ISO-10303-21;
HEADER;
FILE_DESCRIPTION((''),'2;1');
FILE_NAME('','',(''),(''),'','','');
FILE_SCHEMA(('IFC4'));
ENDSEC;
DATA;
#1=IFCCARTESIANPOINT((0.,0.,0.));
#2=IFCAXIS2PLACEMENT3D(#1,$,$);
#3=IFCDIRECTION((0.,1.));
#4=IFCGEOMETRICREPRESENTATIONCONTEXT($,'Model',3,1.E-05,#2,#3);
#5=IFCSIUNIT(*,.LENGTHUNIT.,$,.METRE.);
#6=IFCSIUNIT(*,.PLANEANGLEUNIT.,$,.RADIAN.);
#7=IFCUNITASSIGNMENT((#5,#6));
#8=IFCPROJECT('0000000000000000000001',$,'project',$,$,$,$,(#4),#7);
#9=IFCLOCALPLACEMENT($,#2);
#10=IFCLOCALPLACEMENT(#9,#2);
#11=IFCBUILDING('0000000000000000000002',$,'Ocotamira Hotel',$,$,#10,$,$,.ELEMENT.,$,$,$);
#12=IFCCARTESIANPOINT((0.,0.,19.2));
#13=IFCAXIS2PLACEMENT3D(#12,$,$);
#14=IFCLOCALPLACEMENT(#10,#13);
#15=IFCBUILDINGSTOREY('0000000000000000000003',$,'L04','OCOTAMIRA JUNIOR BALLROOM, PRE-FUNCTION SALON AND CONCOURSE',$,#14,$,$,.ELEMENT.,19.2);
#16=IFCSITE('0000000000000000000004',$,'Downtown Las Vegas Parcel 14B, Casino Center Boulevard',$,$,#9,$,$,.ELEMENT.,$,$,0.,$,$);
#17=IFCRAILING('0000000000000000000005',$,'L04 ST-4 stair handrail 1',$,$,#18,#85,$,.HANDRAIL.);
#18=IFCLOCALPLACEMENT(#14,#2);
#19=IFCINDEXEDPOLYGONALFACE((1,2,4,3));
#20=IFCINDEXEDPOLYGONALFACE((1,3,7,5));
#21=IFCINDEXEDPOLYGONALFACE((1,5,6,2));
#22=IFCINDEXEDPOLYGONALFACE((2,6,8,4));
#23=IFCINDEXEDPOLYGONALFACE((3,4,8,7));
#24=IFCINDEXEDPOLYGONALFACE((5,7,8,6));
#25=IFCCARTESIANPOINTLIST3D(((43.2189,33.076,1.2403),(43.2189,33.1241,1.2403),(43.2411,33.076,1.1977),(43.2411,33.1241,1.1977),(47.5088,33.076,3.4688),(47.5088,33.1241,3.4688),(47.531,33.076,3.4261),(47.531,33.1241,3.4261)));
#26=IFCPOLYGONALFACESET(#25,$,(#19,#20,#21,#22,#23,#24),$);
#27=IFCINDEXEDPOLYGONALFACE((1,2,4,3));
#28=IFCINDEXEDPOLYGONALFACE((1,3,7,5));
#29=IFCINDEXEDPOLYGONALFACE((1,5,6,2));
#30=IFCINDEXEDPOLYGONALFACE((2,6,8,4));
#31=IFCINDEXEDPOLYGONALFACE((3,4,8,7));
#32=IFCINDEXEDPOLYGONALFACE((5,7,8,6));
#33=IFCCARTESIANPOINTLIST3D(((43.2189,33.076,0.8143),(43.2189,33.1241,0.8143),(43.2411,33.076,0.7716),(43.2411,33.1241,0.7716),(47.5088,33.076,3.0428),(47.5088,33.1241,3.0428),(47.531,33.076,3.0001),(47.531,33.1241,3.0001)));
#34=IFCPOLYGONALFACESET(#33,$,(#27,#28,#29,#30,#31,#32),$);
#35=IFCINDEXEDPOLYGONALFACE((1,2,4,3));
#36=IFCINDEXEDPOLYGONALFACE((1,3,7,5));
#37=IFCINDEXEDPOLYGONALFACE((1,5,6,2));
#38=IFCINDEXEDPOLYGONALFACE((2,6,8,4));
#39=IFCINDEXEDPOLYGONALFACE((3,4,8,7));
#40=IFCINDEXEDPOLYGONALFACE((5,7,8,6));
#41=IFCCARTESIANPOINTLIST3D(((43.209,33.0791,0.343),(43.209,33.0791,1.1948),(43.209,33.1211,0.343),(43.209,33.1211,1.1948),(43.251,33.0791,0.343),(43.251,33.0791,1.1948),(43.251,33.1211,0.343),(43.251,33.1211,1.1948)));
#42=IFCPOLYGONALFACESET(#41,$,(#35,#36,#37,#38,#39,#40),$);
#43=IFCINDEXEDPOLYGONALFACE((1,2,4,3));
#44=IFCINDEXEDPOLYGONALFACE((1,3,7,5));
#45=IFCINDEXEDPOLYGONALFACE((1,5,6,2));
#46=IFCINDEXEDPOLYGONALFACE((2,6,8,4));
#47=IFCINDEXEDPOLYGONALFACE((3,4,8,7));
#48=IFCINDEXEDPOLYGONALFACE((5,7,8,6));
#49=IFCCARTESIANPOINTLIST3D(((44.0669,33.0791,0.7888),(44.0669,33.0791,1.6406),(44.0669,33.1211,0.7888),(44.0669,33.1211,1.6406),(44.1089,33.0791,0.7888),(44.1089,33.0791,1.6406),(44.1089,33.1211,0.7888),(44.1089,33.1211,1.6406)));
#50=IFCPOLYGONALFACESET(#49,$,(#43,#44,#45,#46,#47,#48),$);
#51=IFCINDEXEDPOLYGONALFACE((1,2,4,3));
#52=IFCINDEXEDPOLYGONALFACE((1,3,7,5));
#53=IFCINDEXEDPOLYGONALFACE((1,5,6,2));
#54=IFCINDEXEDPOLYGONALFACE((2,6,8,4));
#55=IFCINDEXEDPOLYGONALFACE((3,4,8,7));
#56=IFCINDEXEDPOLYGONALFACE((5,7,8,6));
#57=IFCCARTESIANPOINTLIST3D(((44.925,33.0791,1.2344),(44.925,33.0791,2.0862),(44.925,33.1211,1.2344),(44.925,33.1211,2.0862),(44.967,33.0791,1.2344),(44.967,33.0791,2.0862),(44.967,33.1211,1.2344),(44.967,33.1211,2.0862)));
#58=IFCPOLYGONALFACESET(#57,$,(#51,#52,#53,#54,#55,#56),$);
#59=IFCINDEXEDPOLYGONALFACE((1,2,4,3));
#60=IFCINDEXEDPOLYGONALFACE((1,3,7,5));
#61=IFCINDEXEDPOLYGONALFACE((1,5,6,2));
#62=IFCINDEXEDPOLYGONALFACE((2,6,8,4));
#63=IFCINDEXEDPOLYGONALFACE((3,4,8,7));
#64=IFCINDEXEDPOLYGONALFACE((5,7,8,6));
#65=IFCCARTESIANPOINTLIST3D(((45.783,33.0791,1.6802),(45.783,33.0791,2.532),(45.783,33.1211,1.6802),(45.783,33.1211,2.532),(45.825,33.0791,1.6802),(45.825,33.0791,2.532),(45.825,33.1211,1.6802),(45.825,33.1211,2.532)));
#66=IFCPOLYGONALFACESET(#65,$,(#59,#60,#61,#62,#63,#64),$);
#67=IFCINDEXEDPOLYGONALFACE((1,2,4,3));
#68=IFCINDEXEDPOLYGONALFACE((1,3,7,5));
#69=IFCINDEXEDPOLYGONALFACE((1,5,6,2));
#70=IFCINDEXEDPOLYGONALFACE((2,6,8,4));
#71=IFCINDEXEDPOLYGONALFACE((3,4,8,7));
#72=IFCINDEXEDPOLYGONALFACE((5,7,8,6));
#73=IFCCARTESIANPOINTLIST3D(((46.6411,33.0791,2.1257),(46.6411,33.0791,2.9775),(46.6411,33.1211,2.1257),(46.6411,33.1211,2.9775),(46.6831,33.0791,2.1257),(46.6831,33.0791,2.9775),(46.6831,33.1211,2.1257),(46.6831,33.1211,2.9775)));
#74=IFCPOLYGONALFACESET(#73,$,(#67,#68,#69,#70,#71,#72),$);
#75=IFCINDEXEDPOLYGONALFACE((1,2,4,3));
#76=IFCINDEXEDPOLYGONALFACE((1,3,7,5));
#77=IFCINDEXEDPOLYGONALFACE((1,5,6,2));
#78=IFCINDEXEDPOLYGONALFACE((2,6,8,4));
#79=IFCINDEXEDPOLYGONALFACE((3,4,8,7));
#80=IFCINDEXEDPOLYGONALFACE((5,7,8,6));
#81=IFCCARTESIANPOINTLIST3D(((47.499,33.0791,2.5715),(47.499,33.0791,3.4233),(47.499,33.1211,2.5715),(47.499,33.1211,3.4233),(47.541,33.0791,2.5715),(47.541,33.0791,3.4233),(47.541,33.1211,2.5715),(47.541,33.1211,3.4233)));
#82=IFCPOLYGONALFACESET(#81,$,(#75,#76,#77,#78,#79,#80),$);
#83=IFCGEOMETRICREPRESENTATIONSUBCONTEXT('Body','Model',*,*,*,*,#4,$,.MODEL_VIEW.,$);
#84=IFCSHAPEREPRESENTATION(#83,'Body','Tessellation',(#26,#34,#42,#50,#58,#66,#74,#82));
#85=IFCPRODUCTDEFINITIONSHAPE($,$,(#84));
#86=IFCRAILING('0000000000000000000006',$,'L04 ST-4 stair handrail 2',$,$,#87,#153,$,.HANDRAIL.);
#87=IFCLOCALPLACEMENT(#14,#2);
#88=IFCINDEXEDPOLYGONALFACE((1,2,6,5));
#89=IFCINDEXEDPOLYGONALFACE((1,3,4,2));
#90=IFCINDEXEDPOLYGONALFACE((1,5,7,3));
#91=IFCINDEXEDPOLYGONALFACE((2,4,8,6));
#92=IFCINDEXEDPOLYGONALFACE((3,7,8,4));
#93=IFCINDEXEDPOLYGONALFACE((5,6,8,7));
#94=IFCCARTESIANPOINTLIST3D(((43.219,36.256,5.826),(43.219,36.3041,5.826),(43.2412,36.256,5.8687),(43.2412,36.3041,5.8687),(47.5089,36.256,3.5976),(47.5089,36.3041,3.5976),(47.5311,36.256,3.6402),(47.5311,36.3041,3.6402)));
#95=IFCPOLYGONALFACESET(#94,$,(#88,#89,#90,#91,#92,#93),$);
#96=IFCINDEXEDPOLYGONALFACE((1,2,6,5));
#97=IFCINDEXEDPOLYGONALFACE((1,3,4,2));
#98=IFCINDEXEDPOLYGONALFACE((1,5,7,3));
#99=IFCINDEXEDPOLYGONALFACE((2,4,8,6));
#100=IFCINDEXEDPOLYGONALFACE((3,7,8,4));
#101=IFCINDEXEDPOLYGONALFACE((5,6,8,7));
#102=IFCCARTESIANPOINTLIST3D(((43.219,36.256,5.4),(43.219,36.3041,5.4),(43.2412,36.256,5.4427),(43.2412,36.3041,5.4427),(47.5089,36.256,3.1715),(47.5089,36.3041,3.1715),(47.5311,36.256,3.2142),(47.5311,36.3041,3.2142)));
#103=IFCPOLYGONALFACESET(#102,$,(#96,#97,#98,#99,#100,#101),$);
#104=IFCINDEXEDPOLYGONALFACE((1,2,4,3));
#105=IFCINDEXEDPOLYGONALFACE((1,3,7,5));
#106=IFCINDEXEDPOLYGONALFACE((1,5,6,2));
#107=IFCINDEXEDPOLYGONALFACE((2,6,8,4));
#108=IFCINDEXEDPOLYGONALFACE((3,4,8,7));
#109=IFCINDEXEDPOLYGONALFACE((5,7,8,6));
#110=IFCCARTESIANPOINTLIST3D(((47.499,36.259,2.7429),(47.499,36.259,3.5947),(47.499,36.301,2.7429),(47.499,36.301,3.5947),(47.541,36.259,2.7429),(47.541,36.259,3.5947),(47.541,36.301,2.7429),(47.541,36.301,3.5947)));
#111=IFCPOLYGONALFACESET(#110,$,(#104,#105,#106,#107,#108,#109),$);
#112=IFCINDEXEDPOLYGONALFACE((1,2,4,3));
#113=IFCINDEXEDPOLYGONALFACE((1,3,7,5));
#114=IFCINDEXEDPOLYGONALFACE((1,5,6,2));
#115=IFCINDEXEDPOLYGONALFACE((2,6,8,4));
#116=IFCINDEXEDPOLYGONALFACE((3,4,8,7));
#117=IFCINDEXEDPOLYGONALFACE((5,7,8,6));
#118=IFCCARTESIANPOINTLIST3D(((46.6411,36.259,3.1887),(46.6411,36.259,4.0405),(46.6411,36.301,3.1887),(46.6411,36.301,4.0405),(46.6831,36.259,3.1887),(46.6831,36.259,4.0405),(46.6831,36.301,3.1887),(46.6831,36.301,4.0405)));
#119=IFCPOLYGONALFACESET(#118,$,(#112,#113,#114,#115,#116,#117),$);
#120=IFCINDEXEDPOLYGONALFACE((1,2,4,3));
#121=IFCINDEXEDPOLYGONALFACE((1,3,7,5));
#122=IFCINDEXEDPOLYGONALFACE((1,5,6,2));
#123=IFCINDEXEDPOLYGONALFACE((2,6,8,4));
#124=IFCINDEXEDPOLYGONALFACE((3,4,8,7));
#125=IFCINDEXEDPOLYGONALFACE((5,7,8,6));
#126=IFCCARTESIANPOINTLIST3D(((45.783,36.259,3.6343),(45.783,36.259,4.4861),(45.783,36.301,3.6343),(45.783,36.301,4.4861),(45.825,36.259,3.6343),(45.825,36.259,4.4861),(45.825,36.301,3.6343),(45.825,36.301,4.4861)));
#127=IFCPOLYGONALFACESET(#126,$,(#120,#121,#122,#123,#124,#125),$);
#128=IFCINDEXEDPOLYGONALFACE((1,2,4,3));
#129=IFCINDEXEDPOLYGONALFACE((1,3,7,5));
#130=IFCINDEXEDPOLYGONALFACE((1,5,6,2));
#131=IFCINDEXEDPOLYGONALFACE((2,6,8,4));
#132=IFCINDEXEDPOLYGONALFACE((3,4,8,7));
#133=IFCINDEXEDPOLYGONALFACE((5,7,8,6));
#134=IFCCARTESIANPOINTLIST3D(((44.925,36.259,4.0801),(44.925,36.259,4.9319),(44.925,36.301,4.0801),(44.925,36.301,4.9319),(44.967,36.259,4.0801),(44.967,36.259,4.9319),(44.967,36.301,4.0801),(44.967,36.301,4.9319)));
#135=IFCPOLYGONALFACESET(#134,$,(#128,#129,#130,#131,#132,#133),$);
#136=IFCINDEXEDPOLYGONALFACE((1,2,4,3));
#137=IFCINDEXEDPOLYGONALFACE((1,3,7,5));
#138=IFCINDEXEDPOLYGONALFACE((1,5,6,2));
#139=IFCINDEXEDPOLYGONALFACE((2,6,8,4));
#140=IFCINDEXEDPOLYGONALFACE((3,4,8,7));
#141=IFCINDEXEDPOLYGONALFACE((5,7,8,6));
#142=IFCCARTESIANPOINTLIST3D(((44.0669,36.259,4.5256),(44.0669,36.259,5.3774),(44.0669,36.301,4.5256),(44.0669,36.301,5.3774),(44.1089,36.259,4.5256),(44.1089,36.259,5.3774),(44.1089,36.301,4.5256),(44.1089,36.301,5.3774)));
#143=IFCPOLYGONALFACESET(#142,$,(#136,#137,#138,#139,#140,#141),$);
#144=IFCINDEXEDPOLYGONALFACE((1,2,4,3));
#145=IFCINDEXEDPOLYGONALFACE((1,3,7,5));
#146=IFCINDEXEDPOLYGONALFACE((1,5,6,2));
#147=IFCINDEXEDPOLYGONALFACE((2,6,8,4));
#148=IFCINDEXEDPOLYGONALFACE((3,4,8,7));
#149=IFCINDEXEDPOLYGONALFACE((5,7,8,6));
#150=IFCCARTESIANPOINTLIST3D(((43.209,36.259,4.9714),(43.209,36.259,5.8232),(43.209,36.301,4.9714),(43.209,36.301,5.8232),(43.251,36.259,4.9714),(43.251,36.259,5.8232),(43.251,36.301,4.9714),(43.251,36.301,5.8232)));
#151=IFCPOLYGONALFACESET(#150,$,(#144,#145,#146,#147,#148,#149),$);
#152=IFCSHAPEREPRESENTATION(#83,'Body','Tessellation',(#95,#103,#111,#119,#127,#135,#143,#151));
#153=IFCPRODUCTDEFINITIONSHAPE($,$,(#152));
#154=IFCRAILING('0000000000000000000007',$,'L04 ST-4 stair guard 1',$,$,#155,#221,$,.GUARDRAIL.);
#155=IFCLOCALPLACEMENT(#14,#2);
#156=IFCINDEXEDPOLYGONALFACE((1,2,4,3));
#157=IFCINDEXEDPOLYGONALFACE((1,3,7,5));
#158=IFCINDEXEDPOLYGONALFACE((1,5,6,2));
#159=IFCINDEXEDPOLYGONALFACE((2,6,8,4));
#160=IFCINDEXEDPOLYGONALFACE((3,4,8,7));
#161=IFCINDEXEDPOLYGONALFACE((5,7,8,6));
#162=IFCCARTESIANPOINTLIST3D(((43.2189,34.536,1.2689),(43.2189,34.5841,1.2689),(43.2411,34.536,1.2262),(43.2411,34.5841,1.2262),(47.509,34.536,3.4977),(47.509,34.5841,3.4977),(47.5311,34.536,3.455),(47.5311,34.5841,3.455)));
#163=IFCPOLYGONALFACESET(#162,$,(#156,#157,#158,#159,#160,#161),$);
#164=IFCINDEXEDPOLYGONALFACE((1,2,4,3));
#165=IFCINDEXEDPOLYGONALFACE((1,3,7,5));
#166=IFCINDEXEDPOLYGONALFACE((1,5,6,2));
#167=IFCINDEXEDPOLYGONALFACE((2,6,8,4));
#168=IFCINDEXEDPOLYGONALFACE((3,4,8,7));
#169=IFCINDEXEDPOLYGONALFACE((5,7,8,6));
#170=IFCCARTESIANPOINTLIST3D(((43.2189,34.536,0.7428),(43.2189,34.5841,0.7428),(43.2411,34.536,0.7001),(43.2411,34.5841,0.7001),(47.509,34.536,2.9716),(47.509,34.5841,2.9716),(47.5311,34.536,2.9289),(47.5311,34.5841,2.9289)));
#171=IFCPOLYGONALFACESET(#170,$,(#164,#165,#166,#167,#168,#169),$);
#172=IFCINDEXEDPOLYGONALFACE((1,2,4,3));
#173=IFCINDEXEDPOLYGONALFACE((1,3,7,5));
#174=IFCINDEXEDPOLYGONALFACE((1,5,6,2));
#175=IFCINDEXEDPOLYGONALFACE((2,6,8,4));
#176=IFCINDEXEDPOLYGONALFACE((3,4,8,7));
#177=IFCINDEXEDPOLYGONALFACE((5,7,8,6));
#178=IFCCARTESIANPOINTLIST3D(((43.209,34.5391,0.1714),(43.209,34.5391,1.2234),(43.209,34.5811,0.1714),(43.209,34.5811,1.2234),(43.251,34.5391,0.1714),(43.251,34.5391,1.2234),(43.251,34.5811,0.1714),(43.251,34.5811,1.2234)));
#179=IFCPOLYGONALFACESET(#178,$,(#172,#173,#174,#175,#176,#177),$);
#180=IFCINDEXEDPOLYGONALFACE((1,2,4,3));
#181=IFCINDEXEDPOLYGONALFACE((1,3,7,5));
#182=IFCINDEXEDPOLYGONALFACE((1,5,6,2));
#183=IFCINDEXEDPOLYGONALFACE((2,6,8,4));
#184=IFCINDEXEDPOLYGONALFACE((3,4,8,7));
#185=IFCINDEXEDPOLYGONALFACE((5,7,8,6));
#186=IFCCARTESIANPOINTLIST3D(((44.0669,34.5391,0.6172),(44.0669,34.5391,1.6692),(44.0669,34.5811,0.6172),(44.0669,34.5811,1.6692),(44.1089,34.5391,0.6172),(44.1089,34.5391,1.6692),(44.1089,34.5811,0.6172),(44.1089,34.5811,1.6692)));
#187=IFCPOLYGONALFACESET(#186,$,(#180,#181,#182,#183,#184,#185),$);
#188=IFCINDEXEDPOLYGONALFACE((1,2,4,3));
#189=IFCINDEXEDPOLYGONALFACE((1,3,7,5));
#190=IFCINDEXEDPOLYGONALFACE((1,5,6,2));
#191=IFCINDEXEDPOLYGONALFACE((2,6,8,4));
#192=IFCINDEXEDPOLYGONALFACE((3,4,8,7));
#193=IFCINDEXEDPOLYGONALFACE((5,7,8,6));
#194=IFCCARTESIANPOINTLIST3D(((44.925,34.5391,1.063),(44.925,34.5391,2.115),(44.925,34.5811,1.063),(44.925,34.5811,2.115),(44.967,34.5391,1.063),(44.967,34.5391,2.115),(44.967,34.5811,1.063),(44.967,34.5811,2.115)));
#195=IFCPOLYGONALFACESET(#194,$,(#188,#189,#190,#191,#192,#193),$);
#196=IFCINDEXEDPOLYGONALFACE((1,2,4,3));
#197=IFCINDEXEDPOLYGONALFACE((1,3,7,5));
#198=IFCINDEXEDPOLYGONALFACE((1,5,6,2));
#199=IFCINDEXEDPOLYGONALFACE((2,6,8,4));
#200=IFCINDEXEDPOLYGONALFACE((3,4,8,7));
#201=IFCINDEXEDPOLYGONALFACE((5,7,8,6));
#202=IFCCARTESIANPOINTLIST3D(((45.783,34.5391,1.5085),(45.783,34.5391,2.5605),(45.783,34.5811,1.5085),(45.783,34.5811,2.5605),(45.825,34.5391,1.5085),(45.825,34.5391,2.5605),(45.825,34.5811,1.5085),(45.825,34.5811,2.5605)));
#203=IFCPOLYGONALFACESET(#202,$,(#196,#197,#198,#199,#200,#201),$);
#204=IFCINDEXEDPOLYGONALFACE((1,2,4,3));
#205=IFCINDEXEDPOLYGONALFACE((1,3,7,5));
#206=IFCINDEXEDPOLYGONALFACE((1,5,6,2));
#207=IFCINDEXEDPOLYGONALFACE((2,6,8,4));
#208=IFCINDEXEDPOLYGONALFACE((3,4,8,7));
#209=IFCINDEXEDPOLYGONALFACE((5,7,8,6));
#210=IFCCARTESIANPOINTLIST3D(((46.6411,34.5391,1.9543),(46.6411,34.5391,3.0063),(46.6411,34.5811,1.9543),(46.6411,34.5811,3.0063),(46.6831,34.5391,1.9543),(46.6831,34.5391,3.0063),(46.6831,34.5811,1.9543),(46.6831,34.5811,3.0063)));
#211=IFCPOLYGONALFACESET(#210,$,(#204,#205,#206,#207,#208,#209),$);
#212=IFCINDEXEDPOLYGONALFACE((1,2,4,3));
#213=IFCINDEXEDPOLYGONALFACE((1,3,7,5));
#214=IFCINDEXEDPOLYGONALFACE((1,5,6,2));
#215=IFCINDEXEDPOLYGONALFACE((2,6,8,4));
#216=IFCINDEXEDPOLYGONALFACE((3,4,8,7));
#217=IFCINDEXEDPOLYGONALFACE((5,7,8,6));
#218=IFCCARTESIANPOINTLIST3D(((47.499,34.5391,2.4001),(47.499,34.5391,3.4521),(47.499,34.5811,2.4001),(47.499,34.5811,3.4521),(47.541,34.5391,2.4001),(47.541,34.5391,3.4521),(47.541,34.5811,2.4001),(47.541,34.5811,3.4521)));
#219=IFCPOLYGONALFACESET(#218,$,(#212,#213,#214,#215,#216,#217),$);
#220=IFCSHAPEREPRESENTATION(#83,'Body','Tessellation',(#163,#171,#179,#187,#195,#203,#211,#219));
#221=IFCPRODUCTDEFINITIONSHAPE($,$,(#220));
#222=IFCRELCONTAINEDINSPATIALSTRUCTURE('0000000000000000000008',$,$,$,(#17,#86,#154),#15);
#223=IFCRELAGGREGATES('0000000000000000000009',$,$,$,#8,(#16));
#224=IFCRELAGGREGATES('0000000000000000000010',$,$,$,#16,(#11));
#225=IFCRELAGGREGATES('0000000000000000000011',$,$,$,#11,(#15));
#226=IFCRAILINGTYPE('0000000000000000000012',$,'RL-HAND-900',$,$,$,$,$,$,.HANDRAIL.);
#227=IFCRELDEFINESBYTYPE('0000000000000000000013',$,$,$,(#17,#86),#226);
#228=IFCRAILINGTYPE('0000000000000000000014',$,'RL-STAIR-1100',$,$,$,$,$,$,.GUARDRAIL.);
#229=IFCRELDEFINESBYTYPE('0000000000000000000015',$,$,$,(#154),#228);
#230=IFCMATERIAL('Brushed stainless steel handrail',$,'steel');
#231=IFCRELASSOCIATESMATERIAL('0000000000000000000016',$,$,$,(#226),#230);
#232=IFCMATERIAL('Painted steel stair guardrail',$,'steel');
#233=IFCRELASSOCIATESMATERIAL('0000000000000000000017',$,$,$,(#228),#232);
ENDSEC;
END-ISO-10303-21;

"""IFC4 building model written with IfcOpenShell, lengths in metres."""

from ifc_helpers import new_model, si_unit, direction, frame, origin, origin_2d, place, context, subcontext, project, spatial, rectangle, extrude, material, type_object, element, save


model = new_model("IFC4")

# Units and contexts
model_context = context("Model", 3, precision=1e-05, world=origin(), true_north=direction((0.0, 1.0)))
body_context = subcontext(model_context, "Body", "Model", "MODEL_VIEW")
ifc_project = project(units=[si_unit("LENGTHUNIT", "METRE"), si_unit("PLANEANGLEUNIT", "RADIAN")], contexts=[model_context])

# Site, building, storey
site_placement = place(None, origin())
site = spatial("IfcSite", under=ifc_project, at=site_placement, Name="Downtown Las Vegas Parcel 14B, Casino Center Boulevard", CompositionType="ELEMENT", RefElevation=0.0)
building_placement = place(site_placement, origin())
building = spatial("IfcBuilding", under=site, at=building_placement, Name="Ocotamira Hotel", CompositionType="ELEMENT")
storey_placement = place(building_placement, frame((0.0, 0.0, 19.2)))
storey = spatial("IfcBuildingStorey", under=building, at=storey_placement, Name="L04", Description="OCOTAMIRA JUNIOR BALLROOM, PRE-FUNCTION SALON AND CONCOURSE", CompositionType="ELEMENT", Elevation=19.2)

# Railings
ifc_material_1 = material(Name="Brushed stainless steel handrail", Category="steel")
railing_type_1 = type_object("IfcRailingType", Name="RL-HAND-900", PredefinedType="HANDRAIL", material=ifc_material_1)
railing_1_placement = place(storey_placement, frame((43.23, 33.1001, 0.343)))
element("IfcRailing", 1, at=railing_1_placement, inside=storey, type_object=railing_type_1, Name="L04 ST-4 stair handrail 1", PredefinedType="HANDRAIL", context=body_context, shape_type="SweptSolid", body=[
    extrude(rectangle(XDim=0.0481, YDim=0.0481, at=origin_2d()), frame((0.0, 0.0, 0.876), z_axis=(0.887412, 0.0, 0.460977), x_axis=(0.0, 1.0, 0.0)), (0.0, 0.0, 1.0), 4.8342),
    extrude(rectangle(XDim=0.0481, YDim=0.0481, at=origin_2d()), frame((0.0, 0.0, 0.45), z_axis=(0.887412, 0.0, 0.460977), x_axis=(0.0, 1.0, 0.0)), (0.0, 0.0, 1.0), 4.8342),
    extrude(rectangle(XDim=0.042, YDim=0.042, at=origin_2d()), origin(), (0.0, 0.0, 1.0), 0.8518),
    extrude(rectangle(XDim=0.042, YDim=0.042, at=origin_2d()), frame((0.8579, 0.0, 0.4458)), (0.0, 0.0, 1.0), 0.8518),
    extrude(rectangle(XDim=0.042, YDim=0.042, at=origin_2d()), frame((1.7161, 0.0, 0.8914)), (0.0, 0.0, 1.0), 0.8518),
    extrude(rectangle(XDim=0.042, YDim=0.042, at=origin_2d()), frame((2.574, 0.0, 1.3372)), (0.0, 0.0, 1.0), 0.8518),
    extrude(rectangle(XDim=0.042, YDim=0.042, at=origin_2d()), frame((3.4321, 0.0, 1.7827)), (0.0, 0.0, 1.0), 0.8518),
    extrude(rectangle(XDim=0.042, YDim=0.042, at=origin_2d()), frame((4.29, 0.0, 2.2285)), (0.0, 0.0, 1.0), 0.8518),
])
railing_2_placement = place(storey_placement, frame((47.52, 36.28, 2.7429)))
element("IfcRailing", 2, at=railing_2_placement, inside=storey, type_object=railing_type_1, Name="L04 ST-4 stair handrail 2", PredefinedType="HANDRAIL", context=body_context, shape_type="SweptSolid", body=[
    extrude(rectangle(XDim=0.0481, YDim=0.0481, at=origin_2d()), frame((0.0, 0.0, 0.876), z_axis=(-0.887412, 0.0, 0.460977), x_axis=(0.0, -1.0, 0.0)), (0.0, 0.0, 1.0), 4.8342),
    extrude(rectangle(XDim=0.0481, YDim=0.0481, at=origin_2d()), frame((0.0, 0.0, 0.45), z_axis=(-0.887412, 0.0, 0.460977), x_axis=(0.0, -1.0, 0.0)), (0.0, 0.0, 1.0), 4.8342),
    extrude(rectangle(XDim=0.042, YDim=0.042, at=origin_2d()), origin(), (0.0, 0.0, 1.0), 0.8518),
    extrude(rectangle(XDim=0.042, YDim=0.042, at=origin_2d()), frame((-0.8579, 0.0, 0.4458)), (0.0, 0.0, 1.0), 0.8518),
    extrude(rectangle(XDim=0.042, YDim=0.042, at=origin_2d()), frame((-1.7161, 0.0, 0.8914)), (0.0, 0.0, 1.0), 0.8518),
    extrude(rectangle(XDim=0.042, YDim=0.042, at=origin_2d()), frame((-2.574, 0.0, 1.3372)), (0.0, 0.0, 1.0), 0.8518),
    extrude(rectangle(XDim=0.042, YDim=0.042, at=origin_2d()), frame((-3.4321, 0.0, 1.7827)), (0.0, 0.0, 1.0), 0.8518),
    extrude(rectangle(XDim=0.042, YDim=0.042, at=origin_2d()), frame((-4.29, 0.0, 2.2285)), (0.0, 0.0, 1.0), 0.8518),
])
ifc_material_2 = material(Name="Painted steel stair guardrail", Category="steel")
railing_type_2 = type_object("IfcRailingType", Name="RL-STAIR-1100", PredefinedType="GUARDRAIL", material=ifc_material_2)
railing_3_placement = place(storey_placement, frame((43.23, 34.5601, 0.1714)))
element("IfcRailing", 3, at=railing_3_placement, inside=storey, type_object=railing_type_2, Name="L04 ST-4 stair guard 1", PredefinedType="GUARDRAIL", context=body_context, shape_type="SweptSolid", body=[
    extrude(rectangle(XDim=0.0481, YDim=0.0481, at=origin_2d()), frame((0.0, 0.0, 1.0762), z_axis=(0.887391, 0.0, 0.461017), x_axis=(0.0, 1.0, 0.0)), (0.0, 0.0, 1.0), 4.8345),
    extrude(rectangle(XDim=0.0481, YDim=0.0481, at=origin_2d()), frame((0.0, 0.0, 0.55), z_axis=(0.887391, 0.0, 0.461017), x_axis=(0.0, 1.0, 0.0)), (0.0, 0.0, 1.0), 4.8345),
    extrude(rectangle(XDim=0.042, YDim=0.042, at=origin_2d()), origin(), (0.0, 0.0, 1.0), 1.052),
    extrude(rectangle(XDim=0.042, YDim=0.042, at=origin_2d()), frame((0.8579, 0.0, 0.4458)), (0.0, 0.0, 1.0), 1.052),
    extrude(rectangle(XDim=0.042, YDim=0.042, at=origin_2d()), frame((1.7161, 0.0, 0.8916)), (0.0, 0.0, 1.0), 1.052),
    extrude(rectangle(XDim=0.042, YDim=0.042, at=origin_2d()), frame((2.574, 0.0, 1.3372)), (0.0, 0.0, 1.0), 1.052),
    extrude(rectangle(XDim=0.042, YDim=0.042, at=origin_2d()), frame((3.4321, 0.0, 1.783)), (0.0, 0.0, 1.0), 1.052),
    extrude(rectangle(XDim=0.042, YDim=0.042, at=origin_2d()), frame((4.29, 0.0, 2.2288)), (0.0, 0.0, 1.0), 1.052),
])

save(model, "model.ifc")
